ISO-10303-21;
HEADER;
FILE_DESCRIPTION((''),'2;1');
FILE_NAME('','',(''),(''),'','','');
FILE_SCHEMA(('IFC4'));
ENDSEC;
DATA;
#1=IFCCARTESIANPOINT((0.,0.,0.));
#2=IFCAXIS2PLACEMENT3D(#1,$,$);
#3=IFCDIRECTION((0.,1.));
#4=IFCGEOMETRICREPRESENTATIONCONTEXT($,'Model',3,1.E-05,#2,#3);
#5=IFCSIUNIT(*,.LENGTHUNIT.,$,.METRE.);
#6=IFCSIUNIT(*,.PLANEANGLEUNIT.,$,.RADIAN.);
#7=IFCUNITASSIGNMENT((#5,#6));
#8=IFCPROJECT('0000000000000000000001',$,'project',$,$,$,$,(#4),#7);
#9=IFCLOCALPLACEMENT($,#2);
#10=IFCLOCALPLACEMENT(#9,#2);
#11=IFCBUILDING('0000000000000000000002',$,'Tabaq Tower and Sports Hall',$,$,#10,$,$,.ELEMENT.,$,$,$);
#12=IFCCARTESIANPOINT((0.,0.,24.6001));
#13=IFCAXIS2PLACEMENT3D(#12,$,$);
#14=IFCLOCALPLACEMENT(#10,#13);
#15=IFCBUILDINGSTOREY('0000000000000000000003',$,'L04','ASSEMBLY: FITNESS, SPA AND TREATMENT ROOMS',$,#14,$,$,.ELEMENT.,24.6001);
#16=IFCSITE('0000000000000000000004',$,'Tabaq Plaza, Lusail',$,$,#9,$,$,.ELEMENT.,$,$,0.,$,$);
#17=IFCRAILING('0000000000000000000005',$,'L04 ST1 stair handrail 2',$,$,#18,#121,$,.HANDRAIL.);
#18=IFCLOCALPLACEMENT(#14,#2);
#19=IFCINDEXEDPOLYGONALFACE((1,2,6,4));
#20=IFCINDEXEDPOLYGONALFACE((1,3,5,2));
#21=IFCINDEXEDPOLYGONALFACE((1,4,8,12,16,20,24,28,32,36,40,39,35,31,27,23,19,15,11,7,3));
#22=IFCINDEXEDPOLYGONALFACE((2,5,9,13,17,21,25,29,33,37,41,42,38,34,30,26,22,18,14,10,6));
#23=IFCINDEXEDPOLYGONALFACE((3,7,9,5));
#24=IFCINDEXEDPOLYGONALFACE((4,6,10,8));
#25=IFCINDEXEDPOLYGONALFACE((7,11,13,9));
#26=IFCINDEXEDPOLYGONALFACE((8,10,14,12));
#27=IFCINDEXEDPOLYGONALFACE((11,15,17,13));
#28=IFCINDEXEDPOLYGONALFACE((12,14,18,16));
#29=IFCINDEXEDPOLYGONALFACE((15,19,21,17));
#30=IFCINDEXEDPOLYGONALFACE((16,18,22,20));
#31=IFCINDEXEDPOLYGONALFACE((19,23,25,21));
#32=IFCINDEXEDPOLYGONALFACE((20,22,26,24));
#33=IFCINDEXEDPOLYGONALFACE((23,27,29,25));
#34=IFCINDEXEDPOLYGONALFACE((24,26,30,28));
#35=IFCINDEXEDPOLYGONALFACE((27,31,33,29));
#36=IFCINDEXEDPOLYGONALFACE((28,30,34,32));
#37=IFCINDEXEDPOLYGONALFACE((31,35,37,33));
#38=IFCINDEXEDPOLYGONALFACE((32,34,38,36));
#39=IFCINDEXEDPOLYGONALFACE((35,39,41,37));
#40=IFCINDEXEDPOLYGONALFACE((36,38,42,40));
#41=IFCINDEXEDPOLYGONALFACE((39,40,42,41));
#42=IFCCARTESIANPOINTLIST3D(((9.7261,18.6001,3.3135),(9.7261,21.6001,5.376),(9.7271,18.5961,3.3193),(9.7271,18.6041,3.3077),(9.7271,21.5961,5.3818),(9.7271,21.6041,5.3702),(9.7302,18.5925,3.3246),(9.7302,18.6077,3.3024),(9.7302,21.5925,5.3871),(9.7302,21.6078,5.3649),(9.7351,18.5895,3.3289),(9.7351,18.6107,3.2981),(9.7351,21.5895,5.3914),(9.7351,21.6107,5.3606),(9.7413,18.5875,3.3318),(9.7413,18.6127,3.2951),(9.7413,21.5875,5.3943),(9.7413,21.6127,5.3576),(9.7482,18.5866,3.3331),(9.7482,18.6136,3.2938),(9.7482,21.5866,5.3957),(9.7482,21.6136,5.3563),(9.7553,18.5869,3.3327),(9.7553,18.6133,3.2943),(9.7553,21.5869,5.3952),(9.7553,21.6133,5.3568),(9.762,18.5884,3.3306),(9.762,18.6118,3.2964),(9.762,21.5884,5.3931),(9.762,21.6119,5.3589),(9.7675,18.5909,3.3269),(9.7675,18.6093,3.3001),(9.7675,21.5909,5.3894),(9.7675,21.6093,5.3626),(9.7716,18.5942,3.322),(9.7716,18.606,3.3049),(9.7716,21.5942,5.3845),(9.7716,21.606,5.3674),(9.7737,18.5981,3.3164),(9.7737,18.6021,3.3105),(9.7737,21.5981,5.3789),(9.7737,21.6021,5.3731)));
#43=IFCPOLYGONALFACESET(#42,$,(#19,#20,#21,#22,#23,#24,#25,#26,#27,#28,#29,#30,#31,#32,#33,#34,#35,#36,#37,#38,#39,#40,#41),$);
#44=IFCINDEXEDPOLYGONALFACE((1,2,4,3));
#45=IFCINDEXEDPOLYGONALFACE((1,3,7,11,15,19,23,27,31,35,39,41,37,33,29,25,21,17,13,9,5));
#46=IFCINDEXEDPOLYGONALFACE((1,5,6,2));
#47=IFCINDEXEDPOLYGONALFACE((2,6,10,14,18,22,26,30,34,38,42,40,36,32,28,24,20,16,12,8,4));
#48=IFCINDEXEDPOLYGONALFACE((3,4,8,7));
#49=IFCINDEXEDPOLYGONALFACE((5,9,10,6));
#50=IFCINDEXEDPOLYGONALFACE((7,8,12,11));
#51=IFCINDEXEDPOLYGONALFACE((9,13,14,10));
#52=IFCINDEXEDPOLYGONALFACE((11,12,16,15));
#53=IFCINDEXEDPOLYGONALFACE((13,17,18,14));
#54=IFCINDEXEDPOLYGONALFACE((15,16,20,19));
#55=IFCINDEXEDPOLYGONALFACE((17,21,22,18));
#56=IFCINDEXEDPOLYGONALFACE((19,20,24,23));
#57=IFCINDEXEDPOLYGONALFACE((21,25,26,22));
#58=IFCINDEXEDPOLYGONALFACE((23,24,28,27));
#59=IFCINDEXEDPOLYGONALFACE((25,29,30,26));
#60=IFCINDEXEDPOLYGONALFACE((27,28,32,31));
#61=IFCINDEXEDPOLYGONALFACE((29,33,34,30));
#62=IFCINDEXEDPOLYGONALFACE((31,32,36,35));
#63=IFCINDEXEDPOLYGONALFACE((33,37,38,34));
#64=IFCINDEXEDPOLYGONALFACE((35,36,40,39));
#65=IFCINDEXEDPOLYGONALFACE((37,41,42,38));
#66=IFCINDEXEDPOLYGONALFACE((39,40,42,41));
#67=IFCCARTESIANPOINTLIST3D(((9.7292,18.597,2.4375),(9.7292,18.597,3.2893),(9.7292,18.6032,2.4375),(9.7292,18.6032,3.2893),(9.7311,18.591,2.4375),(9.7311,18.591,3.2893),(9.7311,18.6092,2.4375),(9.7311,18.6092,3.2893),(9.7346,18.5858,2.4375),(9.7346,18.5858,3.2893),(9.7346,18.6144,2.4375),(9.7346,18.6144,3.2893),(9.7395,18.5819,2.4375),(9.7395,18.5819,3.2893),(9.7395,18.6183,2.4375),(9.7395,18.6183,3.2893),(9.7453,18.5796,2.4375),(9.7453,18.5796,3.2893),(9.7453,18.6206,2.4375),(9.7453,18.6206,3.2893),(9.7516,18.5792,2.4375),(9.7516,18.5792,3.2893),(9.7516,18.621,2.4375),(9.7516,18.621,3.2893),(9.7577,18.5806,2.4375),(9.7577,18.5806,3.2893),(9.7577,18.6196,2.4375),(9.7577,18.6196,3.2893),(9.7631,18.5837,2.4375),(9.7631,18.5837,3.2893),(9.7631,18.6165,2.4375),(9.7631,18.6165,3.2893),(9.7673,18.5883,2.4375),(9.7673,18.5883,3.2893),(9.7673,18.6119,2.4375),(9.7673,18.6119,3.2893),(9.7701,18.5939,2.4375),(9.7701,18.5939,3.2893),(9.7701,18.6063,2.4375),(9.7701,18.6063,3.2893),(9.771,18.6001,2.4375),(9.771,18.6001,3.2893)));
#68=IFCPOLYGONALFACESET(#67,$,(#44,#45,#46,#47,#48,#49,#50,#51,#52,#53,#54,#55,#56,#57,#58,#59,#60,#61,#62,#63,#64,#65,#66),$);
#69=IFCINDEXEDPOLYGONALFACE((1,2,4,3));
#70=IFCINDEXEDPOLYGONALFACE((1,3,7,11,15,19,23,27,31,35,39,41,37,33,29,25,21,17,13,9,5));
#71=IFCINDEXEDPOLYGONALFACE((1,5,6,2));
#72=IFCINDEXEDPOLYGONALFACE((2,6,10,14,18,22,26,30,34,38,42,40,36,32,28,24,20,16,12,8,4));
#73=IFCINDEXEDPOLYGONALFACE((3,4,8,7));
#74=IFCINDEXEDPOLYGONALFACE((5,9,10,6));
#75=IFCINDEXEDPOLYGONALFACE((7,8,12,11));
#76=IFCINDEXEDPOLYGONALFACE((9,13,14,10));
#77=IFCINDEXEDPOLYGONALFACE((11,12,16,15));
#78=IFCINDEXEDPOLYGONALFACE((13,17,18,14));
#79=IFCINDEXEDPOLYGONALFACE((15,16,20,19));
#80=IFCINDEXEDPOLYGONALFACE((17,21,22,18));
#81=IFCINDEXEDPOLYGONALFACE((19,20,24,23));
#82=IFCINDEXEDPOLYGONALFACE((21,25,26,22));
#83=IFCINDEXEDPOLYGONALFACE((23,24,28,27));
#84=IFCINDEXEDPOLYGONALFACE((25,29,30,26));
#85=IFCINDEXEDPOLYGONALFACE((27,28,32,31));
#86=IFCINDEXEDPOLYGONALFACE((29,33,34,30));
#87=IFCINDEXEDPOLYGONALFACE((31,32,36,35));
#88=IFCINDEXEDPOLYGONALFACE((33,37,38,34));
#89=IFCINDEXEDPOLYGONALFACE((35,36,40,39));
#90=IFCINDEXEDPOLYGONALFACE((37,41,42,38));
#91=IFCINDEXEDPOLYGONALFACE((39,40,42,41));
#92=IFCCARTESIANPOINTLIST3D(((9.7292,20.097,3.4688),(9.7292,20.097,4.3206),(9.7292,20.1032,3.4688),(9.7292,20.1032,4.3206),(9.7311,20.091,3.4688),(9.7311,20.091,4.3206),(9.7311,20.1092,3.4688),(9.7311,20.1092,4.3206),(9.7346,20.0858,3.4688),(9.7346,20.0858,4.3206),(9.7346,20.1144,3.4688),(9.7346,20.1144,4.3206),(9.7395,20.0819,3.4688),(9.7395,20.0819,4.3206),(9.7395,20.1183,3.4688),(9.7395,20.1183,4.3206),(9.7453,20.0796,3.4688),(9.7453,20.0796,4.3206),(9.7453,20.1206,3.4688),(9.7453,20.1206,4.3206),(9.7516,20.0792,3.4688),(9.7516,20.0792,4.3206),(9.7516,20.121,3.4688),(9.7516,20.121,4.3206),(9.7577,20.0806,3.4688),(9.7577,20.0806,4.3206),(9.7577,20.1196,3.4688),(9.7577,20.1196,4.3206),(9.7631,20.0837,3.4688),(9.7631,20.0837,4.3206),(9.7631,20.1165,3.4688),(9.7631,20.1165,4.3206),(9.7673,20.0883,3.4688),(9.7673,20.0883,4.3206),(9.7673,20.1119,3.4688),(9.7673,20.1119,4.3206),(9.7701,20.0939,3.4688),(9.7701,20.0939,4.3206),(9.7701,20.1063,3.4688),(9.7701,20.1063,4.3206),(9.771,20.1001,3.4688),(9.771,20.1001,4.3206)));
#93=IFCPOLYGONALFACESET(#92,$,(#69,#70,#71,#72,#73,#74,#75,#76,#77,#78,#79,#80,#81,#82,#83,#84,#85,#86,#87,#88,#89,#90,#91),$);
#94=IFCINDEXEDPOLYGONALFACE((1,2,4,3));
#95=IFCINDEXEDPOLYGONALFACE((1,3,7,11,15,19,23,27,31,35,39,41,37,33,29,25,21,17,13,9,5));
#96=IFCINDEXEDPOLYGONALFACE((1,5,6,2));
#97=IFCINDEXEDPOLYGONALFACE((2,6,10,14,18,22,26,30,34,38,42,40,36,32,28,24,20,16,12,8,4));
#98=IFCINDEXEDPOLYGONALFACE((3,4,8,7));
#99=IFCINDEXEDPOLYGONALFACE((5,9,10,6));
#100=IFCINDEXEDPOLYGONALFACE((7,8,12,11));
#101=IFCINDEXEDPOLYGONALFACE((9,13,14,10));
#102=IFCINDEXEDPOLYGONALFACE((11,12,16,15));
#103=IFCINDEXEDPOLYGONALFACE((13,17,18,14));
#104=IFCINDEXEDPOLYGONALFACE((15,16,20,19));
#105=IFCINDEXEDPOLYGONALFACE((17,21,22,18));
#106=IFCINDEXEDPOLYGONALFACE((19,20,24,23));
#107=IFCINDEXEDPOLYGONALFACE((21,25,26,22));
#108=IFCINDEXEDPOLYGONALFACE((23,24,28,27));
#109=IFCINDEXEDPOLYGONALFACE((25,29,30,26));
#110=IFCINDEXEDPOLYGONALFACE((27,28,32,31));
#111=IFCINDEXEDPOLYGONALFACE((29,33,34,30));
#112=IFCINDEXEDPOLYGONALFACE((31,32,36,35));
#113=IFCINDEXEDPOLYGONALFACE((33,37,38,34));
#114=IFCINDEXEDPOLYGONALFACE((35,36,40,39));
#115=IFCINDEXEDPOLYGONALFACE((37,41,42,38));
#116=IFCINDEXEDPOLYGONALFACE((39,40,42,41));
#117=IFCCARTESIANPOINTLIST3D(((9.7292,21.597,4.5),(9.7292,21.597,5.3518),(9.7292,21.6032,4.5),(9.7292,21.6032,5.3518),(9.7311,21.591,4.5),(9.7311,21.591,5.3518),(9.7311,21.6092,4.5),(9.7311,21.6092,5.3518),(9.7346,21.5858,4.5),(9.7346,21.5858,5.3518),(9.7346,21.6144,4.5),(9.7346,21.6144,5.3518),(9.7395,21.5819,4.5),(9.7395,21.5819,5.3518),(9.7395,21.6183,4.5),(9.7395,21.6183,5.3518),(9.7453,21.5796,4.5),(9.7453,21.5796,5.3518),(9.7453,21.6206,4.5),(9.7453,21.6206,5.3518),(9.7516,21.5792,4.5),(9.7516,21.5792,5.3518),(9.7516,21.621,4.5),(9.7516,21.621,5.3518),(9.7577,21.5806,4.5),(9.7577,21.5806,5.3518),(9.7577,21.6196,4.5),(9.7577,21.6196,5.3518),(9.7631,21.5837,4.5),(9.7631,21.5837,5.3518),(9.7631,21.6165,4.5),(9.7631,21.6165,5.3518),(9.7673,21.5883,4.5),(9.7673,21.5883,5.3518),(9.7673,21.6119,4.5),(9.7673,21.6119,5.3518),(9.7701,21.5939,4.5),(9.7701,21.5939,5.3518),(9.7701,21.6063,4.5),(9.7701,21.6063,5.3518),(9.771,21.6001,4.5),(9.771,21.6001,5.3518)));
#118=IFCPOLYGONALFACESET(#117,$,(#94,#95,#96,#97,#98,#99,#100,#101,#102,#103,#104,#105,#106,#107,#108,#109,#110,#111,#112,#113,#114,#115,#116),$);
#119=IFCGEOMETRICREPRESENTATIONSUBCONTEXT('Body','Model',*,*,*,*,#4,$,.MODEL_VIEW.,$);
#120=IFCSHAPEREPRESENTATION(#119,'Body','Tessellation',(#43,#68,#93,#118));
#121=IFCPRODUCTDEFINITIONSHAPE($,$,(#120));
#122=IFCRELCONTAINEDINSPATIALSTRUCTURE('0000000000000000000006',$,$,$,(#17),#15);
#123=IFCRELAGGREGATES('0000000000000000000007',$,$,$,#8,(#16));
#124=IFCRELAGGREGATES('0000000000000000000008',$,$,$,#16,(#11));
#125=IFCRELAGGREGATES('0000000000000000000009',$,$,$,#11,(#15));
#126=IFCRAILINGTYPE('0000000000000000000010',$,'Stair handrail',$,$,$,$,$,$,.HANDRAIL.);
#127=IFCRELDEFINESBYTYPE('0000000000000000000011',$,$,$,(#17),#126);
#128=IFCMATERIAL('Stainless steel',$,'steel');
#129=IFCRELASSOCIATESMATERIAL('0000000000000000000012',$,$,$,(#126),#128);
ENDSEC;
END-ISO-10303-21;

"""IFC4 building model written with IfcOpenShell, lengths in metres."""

from ifc_helpers import new_model, si_unit, direction, frame, origin, origin_2d, place, context, subcontext, project, spatial, circle, extrude, material, type_object, element, save


model = new_model("IFC4")

# Units and contexts
model_context = context("Model", 3, precision=1e-05, world=origin(), true_north=direction((0.0, 1.0)))
body_context = subcontext(model_context, "Body", "Model", "MODEL_VIEW")
ifc_project = project(units=[si_unit("LENGTHUNIT", "METRE"), si_unit("PLANEANGLEUNIT", "RADIAN")], contexts=[model_context])

# Site, building, storey
site_placement = place(None, origin())
site = spatial("IfcSite", under=ifc_project, at=site_placement, Name="Tabaq Plaza, Lusail", CompositionType="ELEMENT", RefElevation=0.0)
building_placement = place(site_placement, origin())
building = spatial("IfcBuilding", under=site, at=building_placement, Name="Tabaq Tower and Sports Hall", CompositionType="ELEMENT")
storey_placement = place(building_placement, frame((0.0, 0.0, 24.6001)))
storey = spatial("IfcBuildingStorey", under=building, at=storey_placement, Name="L04", Description="ASSEMBLY: FITNESS, SPA AND TREATMENT ROOMS", CompositionType="ELEMENT", Elevation=24.6001)

# Railing
ifc_material_1 = material(Name="Stainless steel", Category="steel")
railing_type_1 = type_object("IfcRailingType", Name="Stair handrail", PredefinedType="HANDRAIL", material=ifc_material_1)
railing_1_placement = place(storey_placement, frame((9.75, 18.6001, 2.4375)))
element("IfcRailing", 1, at=railing_1_placement, inside=storey, type_object=railing_type_1, Name="L04 ST1 stair handrail 2", PredefinedType="HANDRAIL", context=body_context, shape_type="SweptSolid", body=[
    extrude(circle(Radius=0.0239, at=origin_2d()), frame((0.0, 0.0, 0.876), z_axis=(0.0, 0.824042, 0.566529), x_axis=(-1.0, 0.0, 0.0)), (0.0, 0.0, 1.0), 3.6406),
    extrude(circle(Radius=0.021, at=origin_2d()), origin(), (0.0, 0.0, 1.0), 0.8518),
    extrude(circle(Radius=0.021, at=origin_2d()), frame((0.0, 1.5, 1.0312)), (0.0, 0.0, 1.0), 0.8518),
    extrude(circle(Radius=0.021, at=origin_2d()), frame((0.0, 3.0, 2.0625)), (0.0, 0.0, 1.0), 0.8518),
])

save(model, "model.ifc")
